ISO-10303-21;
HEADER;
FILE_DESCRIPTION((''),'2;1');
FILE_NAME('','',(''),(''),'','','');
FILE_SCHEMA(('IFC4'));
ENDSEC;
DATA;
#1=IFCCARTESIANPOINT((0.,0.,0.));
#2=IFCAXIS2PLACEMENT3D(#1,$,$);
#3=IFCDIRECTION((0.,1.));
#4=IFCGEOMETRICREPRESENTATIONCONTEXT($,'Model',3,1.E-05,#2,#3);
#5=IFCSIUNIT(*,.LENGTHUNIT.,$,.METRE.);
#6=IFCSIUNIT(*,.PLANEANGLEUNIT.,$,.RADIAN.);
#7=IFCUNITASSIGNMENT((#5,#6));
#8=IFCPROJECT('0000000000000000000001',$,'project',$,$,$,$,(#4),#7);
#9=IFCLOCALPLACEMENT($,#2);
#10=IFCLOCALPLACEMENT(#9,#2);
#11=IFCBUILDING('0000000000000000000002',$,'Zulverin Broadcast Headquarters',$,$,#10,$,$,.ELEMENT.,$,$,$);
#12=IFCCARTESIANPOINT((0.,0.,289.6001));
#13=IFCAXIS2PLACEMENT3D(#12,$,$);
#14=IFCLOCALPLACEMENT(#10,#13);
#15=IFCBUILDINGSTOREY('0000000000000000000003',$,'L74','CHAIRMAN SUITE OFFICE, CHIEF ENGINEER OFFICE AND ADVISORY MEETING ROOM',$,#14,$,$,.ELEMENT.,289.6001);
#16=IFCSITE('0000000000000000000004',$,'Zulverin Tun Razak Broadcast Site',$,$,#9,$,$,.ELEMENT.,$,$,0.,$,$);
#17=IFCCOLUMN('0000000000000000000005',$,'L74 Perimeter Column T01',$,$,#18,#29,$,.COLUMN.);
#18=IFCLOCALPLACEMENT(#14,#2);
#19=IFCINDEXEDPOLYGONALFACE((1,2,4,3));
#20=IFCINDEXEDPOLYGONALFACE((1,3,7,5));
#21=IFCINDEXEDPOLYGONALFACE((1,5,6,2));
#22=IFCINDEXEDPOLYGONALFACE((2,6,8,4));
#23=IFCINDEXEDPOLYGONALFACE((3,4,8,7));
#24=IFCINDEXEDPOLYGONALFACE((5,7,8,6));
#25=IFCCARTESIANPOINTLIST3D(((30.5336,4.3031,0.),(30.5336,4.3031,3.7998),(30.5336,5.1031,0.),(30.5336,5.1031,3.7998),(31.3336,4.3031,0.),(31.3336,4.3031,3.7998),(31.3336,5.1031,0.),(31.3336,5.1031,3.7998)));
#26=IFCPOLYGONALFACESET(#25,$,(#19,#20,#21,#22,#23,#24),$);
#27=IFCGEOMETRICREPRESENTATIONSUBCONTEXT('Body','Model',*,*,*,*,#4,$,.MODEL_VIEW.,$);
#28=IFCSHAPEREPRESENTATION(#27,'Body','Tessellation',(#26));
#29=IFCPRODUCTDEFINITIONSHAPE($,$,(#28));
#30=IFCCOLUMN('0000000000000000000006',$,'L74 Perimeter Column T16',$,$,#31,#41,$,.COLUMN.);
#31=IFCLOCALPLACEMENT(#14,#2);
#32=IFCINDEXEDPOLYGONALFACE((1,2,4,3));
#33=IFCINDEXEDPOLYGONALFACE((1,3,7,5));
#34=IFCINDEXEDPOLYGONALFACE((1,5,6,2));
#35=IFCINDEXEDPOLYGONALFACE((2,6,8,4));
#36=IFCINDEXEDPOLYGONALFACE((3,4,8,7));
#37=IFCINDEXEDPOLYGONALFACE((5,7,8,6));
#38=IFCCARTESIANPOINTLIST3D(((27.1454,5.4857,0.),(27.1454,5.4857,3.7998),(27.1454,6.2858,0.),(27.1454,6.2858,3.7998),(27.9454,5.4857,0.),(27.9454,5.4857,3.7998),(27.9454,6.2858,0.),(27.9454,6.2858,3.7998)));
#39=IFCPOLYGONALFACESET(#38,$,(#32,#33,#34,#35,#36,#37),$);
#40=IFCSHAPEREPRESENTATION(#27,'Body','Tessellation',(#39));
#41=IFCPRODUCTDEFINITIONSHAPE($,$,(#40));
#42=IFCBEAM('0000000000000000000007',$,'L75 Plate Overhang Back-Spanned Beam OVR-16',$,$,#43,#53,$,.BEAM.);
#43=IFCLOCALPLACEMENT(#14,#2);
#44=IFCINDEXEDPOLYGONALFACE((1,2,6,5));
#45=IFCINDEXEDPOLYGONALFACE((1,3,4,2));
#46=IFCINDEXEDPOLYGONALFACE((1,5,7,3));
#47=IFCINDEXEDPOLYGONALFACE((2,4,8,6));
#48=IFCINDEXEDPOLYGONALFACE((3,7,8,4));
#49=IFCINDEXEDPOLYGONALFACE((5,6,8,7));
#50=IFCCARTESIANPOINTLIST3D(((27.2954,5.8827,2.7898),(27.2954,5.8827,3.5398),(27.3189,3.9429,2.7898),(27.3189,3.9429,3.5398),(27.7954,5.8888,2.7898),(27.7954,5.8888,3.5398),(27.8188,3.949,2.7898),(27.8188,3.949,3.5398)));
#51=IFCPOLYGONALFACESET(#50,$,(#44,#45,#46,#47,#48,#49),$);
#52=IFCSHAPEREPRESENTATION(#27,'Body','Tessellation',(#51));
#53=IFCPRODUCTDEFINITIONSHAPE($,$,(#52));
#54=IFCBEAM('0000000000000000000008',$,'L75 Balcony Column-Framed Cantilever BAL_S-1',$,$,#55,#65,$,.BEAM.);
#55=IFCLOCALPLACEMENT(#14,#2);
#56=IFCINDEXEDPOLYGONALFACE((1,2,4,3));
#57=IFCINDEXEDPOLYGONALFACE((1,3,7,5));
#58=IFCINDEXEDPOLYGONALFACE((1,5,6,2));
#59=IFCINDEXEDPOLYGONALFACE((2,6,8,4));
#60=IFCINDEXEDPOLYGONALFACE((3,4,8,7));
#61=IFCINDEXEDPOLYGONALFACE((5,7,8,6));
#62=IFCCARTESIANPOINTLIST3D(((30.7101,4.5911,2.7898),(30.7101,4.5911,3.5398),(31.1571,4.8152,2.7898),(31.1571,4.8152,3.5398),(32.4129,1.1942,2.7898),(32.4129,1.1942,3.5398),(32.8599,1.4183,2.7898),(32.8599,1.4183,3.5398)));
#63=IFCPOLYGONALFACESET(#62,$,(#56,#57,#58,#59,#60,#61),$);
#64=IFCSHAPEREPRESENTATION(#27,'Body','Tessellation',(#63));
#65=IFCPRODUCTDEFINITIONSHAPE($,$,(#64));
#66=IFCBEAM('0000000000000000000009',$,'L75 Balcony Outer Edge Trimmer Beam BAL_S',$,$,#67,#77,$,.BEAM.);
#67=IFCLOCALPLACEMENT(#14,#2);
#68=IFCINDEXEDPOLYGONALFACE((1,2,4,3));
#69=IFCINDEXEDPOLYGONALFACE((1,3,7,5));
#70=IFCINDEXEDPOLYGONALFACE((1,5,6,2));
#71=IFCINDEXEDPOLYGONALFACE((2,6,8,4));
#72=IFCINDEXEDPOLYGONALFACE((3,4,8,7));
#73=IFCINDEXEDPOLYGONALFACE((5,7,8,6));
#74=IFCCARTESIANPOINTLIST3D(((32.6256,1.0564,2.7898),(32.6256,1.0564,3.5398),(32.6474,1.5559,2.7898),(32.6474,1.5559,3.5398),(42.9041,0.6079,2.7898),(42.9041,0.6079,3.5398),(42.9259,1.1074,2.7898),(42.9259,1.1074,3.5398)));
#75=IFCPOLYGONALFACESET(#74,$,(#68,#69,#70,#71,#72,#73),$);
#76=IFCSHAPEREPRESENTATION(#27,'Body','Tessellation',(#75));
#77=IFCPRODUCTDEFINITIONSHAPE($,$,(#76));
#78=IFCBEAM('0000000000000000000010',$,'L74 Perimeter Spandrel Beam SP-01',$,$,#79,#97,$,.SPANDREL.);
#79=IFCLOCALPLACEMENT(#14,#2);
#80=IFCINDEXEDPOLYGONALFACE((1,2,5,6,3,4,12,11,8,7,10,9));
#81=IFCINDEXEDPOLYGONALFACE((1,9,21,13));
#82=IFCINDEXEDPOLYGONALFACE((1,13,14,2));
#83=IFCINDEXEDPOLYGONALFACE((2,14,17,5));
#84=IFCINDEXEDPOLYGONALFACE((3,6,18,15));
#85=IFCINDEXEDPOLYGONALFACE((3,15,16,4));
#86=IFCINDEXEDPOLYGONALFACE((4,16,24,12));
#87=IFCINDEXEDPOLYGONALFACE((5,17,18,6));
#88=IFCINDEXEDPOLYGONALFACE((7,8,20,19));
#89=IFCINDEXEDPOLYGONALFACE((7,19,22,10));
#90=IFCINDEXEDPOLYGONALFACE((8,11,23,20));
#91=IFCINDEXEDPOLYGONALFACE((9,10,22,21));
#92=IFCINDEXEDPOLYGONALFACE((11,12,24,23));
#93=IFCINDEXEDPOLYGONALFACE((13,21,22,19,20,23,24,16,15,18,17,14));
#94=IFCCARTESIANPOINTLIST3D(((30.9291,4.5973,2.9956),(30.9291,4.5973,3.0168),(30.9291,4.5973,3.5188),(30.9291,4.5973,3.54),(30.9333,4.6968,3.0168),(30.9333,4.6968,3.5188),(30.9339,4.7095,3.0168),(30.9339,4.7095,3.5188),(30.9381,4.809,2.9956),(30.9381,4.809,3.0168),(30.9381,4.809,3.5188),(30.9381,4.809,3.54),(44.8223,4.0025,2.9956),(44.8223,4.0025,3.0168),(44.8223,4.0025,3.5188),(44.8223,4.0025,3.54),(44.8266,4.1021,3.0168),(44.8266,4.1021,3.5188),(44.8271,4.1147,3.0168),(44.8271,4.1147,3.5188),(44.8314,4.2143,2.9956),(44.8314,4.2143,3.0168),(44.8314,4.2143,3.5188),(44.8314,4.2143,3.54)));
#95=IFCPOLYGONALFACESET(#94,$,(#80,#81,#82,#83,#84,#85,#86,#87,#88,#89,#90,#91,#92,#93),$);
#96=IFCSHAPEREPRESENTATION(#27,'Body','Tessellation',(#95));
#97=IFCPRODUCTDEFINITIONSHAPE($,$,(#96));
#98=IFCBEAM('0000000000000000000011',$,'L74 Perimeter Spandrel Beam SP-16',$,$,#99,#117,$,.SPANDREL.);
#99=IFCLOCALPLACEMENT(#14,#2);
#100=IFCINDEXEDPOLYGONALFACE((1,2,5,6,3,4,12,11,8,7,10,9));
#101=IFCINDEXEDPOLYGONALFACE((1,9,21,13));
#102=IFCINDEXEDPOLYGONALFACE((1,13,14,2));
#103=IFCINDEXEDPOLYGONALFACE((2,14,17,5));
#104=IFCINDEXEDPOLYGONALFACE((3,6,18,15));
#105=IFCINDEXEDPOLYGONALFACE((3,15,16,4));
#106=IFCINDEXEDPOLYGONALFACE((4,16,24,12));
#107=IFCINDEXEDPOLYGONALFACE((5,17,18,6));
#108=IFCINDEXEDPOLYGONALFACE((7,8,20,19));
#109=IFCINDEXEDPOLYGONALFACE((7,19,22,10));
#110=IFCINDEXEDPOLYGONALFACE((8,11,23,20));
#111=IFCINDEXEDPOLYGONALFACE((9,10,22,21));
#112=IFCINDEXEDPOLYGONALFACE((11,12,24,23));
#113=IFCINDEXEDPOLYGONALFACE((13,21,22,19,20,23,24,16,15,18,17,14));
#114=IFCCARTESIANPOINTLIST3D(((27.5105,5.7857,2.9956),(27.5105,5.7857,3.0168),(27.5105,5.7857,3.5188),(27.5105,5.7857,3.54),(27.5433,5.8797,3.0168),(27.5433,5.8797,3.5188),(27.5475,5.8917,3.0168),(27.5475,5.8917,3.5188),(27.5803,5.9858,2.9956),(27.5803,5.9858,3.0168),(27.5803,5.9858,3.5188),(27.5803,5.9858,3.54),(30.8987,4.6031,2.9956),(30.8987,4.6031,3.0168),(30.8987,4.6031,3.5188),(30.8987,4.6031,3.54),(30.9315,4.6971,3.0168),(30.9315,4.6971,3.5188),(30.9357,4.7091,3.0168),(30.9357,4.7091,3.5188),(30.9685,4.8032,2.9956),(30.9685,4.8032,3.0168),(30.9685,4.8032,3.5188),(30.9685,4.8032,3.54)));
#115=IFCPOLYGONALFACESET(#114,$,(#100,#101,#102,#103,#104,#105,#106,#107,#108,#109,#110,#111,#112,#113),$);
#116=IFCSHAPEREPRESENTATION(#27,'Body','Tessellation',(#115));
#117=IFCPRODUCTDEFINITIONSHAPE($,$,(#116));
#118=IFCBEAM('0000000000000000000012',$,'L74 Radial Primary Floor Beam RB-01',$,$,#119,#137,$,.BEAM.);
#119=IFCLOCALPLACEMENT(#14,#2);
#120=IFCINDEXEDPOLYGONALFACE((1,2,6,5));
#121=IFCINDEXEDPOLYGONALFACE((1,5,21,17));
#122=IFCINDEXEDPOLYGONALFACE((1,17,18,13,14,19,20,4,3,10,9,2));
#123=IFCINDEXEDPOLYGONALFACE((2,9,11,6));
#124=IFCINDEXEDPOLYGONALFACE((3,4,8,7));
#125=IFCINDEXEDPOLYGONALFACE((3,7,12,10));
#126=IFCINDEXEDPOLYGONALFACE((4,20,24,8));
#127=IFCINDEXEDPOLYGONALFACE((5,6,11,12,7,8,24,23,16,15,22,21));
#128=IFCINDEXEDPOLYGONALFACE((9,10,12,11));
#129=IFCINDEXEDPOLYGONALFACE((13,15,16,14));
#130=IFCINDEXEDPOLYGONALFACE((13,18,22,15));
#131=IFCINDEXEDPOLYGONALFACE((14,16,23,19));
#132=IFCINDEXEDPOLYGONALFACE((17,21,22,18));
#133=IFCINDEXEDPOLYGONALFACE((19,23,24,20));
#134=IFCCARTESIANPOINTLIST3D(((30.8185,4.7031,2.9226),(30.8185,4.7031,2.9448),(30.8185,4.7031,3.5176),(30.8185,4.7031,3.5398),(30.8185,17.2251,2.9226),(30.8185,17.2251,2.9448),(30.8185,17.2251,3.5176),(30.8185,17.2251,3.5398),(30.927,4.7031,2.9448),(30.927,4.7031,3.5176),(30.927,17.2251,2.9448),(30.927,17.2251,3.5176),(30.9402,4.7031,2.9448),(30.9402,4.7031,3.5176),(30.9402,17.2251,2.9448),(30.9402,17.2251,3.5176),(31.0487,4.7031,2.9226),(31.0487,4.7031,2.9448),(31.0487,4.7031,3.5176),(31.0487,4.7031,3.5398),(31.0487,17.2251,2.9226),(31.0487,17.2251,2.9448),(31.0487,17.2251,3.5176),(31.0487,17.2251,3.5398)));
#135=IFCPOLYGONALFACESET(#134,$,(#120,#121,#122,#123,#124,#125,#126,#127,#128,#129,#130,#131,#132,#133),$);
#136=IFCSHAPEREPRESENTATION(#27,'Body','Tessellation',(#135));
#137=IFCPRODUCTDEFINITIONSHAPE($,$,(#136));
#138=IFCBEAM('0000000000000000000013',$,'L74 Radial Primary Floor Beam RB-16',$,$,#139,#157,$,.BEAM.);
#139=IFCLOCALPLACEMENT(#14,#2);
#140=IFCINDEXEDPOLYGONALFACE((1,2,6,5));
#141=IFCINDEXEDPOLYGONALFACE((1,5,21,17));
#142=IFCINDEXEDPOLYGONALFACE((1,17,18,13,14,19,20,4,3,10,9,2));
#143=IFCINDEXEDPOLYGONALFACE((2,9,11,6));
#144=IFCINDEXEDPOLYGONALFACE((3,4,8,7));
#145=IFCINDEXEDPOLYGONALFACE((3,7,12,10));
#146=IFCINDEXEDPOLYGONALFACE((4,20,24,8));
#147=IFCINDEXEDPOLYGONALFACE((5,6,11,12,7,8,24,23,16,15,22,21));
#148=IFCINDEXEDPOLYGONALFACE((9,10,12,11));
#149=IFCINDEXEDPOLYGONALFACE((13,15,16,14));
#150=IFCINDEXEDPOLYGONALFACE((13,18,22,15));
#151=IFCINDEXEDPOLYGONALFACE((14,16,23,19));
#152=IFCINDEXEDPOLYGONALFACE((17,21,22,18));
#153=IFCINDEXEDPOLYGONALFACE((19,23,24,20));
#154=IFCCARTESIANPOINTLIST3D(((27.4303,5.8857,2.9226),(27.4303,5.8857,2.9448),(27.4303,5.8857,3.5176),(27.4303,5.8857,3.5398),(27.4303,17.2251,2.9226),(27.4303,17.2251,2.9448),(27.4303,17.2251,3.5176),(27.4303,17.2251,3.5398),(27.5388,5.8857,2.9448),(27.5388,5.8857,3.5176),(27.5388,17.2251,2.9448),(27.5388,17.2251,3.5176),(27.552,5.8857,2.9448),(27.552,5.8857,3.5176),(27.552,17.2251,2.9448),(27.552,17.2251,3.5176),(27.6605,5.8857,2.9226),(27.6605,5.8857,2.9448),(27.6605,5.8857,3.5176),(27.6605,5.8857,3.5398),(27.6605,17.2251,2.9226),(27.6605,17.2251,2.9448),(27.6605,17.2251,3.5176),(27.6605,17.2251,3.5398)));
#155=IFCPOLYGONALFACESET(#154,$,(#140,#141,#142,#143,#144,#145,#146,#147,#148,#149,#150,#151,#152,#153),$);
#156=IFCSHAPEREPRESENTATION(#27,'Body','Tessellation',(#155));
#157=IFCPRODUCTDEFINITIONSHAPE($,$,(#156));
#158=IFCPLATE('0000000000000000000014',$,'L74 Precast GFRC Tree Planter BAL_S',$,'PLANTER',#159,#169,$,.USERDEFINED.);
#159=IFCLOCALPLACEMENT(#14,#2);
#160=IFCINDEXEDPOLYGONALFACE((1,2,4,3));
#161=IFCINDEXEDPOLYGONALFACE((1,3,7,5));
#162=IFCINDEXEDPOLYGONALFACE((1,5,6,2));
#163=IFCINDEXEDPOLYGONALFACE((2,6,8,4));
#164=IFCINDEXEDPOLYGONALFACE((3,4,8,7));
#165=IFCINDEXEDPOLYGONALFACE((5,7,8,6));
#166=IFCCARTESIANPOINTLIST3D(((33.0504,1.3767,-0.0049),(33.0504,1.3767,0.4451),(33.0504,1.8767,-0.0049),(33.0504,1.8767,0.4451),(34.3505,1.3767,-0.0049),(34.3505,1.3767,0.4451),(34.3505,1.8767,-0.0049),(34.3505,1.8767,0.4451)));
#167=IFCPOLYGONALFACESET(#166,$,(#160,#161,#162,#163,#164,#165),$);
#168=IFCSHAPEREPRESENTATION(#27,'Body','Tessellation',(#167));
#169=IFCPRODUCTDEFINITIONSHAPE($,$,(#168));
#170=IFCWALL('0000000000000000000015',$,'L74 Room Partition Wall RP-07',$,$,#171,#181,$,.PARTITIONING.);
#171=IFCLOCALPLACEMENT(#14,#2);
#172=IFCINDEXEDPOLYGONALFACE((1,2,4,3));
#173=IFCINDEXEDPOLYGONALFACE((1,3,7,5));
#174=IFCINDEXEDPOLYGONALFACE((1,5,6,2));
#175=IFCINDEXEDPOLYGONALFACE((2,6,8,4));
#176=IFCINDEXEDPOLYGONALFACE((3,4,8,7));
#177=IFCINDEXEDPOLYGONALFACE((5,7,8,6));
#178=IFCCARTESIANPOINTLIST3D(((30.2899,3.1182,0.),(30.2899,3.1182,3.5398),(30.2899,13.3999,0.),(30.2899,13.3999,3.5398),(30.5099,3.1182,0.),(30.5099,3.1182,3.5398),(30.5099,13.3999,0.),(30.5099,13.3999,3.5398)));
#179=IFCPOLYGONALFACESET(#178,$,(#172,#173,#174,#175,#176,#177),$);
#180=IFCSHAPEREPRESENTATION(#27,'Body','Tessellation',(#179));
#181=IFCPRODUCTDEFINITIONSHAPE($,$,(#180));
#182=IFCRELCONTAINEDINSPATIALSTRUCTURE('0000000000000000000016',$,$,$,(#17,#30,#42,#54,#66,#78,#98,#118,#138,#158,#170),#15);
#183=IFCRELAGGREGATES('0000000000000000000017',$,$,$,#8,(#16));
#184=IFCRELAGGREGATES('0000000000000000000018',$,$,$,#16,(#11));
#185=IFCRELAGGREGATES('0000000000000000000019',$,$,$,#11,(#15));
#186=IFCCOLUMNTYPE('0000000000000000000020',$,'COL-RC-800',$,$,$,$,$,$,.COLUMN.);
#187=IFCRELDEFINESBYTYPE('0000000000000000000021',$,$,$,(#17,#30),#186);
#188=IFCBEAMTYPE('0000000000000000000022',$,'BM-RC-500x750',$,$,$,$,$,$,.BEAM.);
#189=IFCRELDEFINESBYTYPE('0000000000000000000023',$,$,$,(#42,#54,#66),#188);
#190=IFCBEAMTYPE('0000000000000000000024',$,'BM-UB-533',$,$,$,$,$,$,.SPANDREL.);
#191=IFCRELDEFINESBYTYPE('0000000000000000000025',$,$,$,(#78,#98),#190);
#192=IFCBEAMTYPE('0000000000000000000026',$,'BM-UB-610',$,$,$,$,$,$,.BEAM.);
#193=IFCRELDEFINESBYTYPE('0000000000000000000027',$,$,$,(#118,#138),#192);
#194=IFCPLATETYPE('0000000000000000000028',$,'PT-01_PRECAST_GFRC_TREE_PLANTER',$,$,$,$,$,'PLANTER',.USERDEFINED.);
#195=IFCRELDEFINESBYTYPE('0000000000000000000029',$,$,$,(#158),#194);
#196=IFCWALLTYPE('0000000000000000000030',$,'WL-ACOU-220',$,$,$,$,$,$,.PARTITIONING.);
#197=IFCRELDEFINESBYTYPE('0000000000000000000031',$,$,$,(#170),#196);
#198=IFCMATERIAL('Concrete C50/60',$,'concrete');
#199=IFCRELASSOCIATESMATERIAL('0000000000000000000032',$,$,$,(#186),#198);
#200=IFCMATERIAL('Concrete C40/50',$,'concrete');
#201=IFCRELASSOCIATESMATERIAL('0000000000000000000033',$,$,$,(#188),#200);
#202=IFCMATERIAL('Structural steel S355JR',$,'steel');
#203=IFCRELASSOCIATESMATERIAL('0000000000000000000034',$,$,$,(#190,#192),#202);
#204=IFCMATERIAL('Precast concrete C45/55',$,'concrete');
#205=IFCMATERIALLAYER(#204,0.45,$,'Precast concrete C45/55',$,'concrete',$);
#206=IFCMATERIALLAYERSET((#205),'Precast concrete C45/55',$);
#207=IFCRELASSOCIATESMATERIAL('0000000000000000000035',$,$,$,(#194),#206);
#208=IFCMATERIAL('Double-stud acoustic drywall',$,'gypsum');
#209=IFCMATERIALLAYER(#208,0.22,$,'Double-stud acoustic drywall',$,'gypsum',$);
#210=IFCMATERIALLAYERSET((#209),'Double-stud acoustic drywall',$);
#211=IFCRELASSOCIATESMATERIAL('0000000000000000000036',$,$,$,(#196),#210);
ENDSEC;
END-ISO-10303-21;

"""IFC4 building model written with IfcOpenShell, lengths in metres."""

from ifc_helpers import new_model, si_unit, direction, frame, frame_2d, origin, origin_2d, place, context, subcontext, project, spatial, rectangle, i_section, extrude, material, layer, layer_set, material_profile, profile_set, type_object, element, save


model = new_model("IFC4")

# Units and contexts
model_context = context("Model", 3, precision=1e-05, world=origin(), true_north=direction((0.0, 1.0)))
body_context = subcontext(model_context, "Body", "Model", "MODEL_VIEW")
ifc_project = project(units=[si_unit("LENGTHUNIT", "METRE"), si_unit("PLANEANGLEUNIT", "RADIAN")], contexts=[model_context])

# Site, building, storey
site_placement = place(None, origin())
site = spatial("IfcSite", under=ifc_project, at=site_placement, Name="Zulverin Tun Razak Broadcast Site", CompositionType="ELEMENT", RefElevation=0.0)
building_placement = place(site_placement, origin())
building = spatial("IfcBuilding", under=site, at=building_placement, Name="Zulverin Broadcast Headquarters", CompositionType="ELEMENT")
storey_placement = place(building_placement, frame((0.0, 0.0, 289.6001)))
storey = spatial("IfcBuildingStorey", under=building, at=storey_placement, Name="L74", Description="CHAIRMAN SUITE OFFICE, CHIEF ENGINEER OFFICE AND ADVISORY MEETING ROOM", CompositionType="ELEMENT", Elevation=289.6001)

# Columns
ifc_material_1 = material(Name="Concrete C50/60", Category="concrete")
ifc_material_profile_1 = material_profile(ifc_material_1, rectangle(XDim=0.8, YDim=0.8, at=origin_2d()), Name="Concrete C50/60", Category="concrete")
ifc_profile_set_1 = profile_set([ifc_material_profile_1], Name="Concrete C50/60")
column_type = type_object("IfcColumnType", Name="COL-RC-800", PredefinedType="COLUMN", material=ifc_profile_set_1)
for number, where, z_axis, x_axis, name in (
    (1, (30.9336, 4.7031, 0.0), (0.0, 0.0, 1.0), (1.0, 0.0, 0.0), "L74 Perimeter Column T01"),
    (2, (27.5454, 5.8857, 0.0), (0.0, 0.0, 1.0), (1.0, 0.0, 0.0), "L74 Perimeter Column T16"),
):
    element("IfcColumn", number, at=place(storey_placement, frame(where, z_axis=z_axis, x_axis=x_axis)), inside=storey, type_object=column_type, Name=name, PredefinedType="COLUMN", context=body_context, shape_type="SweptSolid", body=[
        extrude(rectangle(XDim=0.8, YDim=0.8, at=origin_2d()), origin(), (0.0, 0.0, 1.0), 3.7998),
    ])

# Beams
ifc_material_2 = material(Name="Concrete C40/50", Category="concrete")
ifc_material_profile_2 = material_profile(ifc_material_2, rectangle(XDim=0.5, YDim=0.75, at=origin_2d()), Name="Concrete C40/50", Category="concrete")
ifc_profile_set_2 = profile_set([ifc_material_profile_2], Name="Concrete C40/50")
beam_type_1 = type_object("IfcBeamType", Name="BM-RC-500x750", PredefinedType="BEAM", material=ifc_profile_set_2)
beam_1_placement = place(storey_placement, frame((27.5454, 5.8857, 3.1648), z_axis=(0.012082, -0.999927, 0.0), x_axis=(0.999927, 0.012082, 0.0)))
element("IfcBeam", 3, at=beam_1_placement, inside=storey, type_object=beam_type_1, Name="L75 Plate Overhang Back-Spanned Beam OVR-16", PredefinedType="BEAM", context=body_context, shape_type="SweptSolid", body=[
    extrude(rectangle(XDim=0.5, YDim=0.75, at=origin_2d()), origin(), (0.0, 0.0, 1.0), 1.9399),
])
beam_2_placement = place(storey_placement, frame((30.9336, 4.7031, 3.1648), z_axis=(0.448139, -0.893964, 0.0), x_axis=(0.893964, 0.448139, 0.0)))
element("IfcBeam", 4, at=beam_2_placement, inside=storey, type_object=beam_type_1, Name="L75 Balcony Column-Framed Cantilever BAL_S-1", PredefinedType="BEAM", context=body_context, shape_type="SweptSolid", body=[
    extrude(rectangle(XDim=0.5, YDim=0.75, at=origin_2d()), origin(), (0.0, 0.0, 1.0), 3.7998),
])
beam_3_placement = place(storey_placement, frame((32.6365, 1.3062, 3.1648), z_axis=(0.999049, -0.043592, 0.0), x_axis=(0.043592, 0.999049, 0.0)))
element("IfcBeam", 5, at=beam_3_placement, inside=storey, type_object=beam_type_1, Name="L75 Balcony Outer Edge Trimmer Beam BAL_S", PredefinedType="BEAM", context=body_context, shape_type="SweptSolid", body=[
    extrude(rectangle(XDim=0.5, YDim=0.75, at=origin_2d()), origin(), (0.0, 0.0, 1.0), 10.2883),
])
ifc_material_3 = material(Name="Structural steel S355JR", Category="steel")
ifc_material_profile_3 = material_profile(ifc_material_3, i_section(OverallWidth=0.2119, OverallDepth=0.5444, WebThickness=0.0127, FlangeThickness=0.0212, at=origin_2d()), Name="Structural steel S355JR", Category="steel")
ifc_profile_set_3 = profile_set([ifc_material_profile_3], Name="Structural steel S355JR")
beam_type_2 = type_object("IfcBeamType", Name="BM-UB-533", PredefinedType="SPANDREL", material=ifc_profile_set_3)
beam_4_placement = place(storey_placement, frame((30.9336, 4.7031, 3.2678), z_axis=(0.999085, -0.042768, 0.0), x_axis=(0.042768, 0.999085, 0.0)))
element("IfcBeam", 6, at=beam_4_placement, inside=storey, type_object=beam_type_2, Name="L74 Perimeter Spandrel Beam SP-01", PredefinedType="SPANDREL", context=body_context, shape_type="SweptSolid", body=[
    extrude(i_section(OverallWidth=0.2119, OverallDepth=0.5444, WebThickness=0.0127, FlangeThickness=0.0212, at=origin_2d()), origin(), (0.0, 0.0, 1.0), 13.906),
])
beam_5_placement = place(storey_placement, frame((27.5454, 5.8857, 3.2678), z_axis=(0.94414, -0.329544, 0.0), x_axis=(0.329544, 0.94414, 0.0)))
element("IfcBeam", 7, at=beam_5_placement, inside=storey, type_object=beam_type_2, Name="L74 Perimeter Spandrel Beam SP-16", PredefinedType="SPANDREL", context=body_context, shape_type="SweptSolid", body=[
    extrude(i_section(OverallWidth=0.2119, OverallDepth=0.5444, WebThickness=0.0127, FlangeThickness=0.0212, at=origin_2d()), origin(), (0.0, 0.0, 1.0), 3.5886),
])
ifc_material_profile_4 = material_profile(ifc_material_3, i_section(OverallWidth=0.2302, OverallDepth=0.6172, WebThickness=0.0132, FlangeThickness=0.0222, at=origin_2d()), Name="Structural steel S355JR", Category="steel")
ifc_profile_set_4 = profile_set([ifc_material_profile_4], Name="Structural steel S355JR")
beam_type_3 = type_object("IfcBeamType", Name="BM-UB-610", PredefinedType="BEAM", material=ifc_profile_set_4)
beam_6_placement = place(storey_placement, frame((30.9336, 17.2251, 3.2312), z_axis=(0.0, -1.0, 0.0), x_axis=(1.0, 0.0, 0.0)))
element("IfcBeam", 8, at=beam_6_placement, inside=storey, type_object=beam_type_3, Name="L74 Radial Primary Floor Beam RB-01", PredefinedType="BEAM", context=body_context, shape_type="SweptSolid", body=[
    extrude(i_section(OverallWidth=0.2302, OverallDepth=0.6172, WebThickness=0.0132, FlangeThickness=0.0222, at=origin_2d()), origin(), (0.0, 0.0, 1.0), 12.522),
])
beam_7_placement = place(storey_placement, frame((27.5454, 17.2251, 3.2312), z_axis=(0.0, -1.0, 0.0), x_axis=(1.0, 0.0, 0.0)))
element("IfcBeam", 9, at=beam_7_placement, inside=storey, type_object=beam_type_3, Name="L74 Radial Primary Floor Beam RB-16", PredefinedType="BEAM", context=body_context, shape_type="SweptSolid", body=[
    extrude(i_section(OverallWidth=0.2302, OverallDepth=0.6172, WebThickness=0.0132, FlangeThickness=0.0222, at=origin_2d()), origin(), (0.0, 0.0, 1.0), 11.3394),
])

# Plate
ifc_material_4 = material(Name="Precast concrete C45/55", Category="concrete")
ifc_layer_1 = layer(ifc_material_4, 0.45, Name="Precast concrete C45/55", Category="concrete")
ifc_layer_set_1 = layer_set([ifc_layer_1], Name="Precast concrete C45/55")
plate_type = type_object("IfcPlateType", Name="PT-01_PRECAST_GFRC_TREE_PLANTER", ElementType="PLANTER", PredefinedType="USERDEFINED", material=ifc_layer_set_1)
plate_placement = place(storey_placement, frame((33.7004, 1.6267, -0.0049), z_axis=(0.0, 0.0, 1.0), x_axis=(1.0, 0.0, 0.0)))
element("IfcPlate", 10, at=plate_placement, inside=storey, type_object=plate_type, Name="L74 Precast GFRC Tree Planter BAL_S", ObjectType="PLANTER", PredefinedType="USERDEFINED", context=body_context, shape_type="SweptSolid", body=[
    extrude(rectangle(XDim=1.3, YDim=0.5, at=origin_2d()), origin(), (0.0, 0.0, 1.0), 0.45),
])

# Wall
ifc_material_5 = material(Name="Double-stud acoustic drywall", Category="gypsum")
ifc_layer_2 = layer(ifc_material_5, 0.22, Name="Double-stud acoustic drywall", Category="gypsum")
ifc_layer_set_2 = layer_set([ifc_layer_2], Name="Double-stud acoustic drywall")
wall_type_1 = type_object("IfcWallType", Name="WL-ACOU-220", PredefinedType="PARTITIONING", material=ifc_layer_set_2)
wall_1_placement = place(storey_placement, frame((30.3999, 3.1182, 0.0), z_axis=(0.0, 0.0, 1.0), x_axis=(0.0, 1.0, 0.0)))
element("IfcWall", 11, at=wall_1_placement, inside=storey, type_object=wall_type_1, Name="L74 Room Partition Wall RP-07", PredefinedType="PARTITIONING", context=body_context, shape_type="SweptSolid", body=[
    extrude(rectangle(XDim=10.2817, YDim=0.22, at=frame_2d((5.1409, 0.0))), origin(), (0.0, 0.0, 1.0), 3.5398),
])

save(model, "model.ifc")
